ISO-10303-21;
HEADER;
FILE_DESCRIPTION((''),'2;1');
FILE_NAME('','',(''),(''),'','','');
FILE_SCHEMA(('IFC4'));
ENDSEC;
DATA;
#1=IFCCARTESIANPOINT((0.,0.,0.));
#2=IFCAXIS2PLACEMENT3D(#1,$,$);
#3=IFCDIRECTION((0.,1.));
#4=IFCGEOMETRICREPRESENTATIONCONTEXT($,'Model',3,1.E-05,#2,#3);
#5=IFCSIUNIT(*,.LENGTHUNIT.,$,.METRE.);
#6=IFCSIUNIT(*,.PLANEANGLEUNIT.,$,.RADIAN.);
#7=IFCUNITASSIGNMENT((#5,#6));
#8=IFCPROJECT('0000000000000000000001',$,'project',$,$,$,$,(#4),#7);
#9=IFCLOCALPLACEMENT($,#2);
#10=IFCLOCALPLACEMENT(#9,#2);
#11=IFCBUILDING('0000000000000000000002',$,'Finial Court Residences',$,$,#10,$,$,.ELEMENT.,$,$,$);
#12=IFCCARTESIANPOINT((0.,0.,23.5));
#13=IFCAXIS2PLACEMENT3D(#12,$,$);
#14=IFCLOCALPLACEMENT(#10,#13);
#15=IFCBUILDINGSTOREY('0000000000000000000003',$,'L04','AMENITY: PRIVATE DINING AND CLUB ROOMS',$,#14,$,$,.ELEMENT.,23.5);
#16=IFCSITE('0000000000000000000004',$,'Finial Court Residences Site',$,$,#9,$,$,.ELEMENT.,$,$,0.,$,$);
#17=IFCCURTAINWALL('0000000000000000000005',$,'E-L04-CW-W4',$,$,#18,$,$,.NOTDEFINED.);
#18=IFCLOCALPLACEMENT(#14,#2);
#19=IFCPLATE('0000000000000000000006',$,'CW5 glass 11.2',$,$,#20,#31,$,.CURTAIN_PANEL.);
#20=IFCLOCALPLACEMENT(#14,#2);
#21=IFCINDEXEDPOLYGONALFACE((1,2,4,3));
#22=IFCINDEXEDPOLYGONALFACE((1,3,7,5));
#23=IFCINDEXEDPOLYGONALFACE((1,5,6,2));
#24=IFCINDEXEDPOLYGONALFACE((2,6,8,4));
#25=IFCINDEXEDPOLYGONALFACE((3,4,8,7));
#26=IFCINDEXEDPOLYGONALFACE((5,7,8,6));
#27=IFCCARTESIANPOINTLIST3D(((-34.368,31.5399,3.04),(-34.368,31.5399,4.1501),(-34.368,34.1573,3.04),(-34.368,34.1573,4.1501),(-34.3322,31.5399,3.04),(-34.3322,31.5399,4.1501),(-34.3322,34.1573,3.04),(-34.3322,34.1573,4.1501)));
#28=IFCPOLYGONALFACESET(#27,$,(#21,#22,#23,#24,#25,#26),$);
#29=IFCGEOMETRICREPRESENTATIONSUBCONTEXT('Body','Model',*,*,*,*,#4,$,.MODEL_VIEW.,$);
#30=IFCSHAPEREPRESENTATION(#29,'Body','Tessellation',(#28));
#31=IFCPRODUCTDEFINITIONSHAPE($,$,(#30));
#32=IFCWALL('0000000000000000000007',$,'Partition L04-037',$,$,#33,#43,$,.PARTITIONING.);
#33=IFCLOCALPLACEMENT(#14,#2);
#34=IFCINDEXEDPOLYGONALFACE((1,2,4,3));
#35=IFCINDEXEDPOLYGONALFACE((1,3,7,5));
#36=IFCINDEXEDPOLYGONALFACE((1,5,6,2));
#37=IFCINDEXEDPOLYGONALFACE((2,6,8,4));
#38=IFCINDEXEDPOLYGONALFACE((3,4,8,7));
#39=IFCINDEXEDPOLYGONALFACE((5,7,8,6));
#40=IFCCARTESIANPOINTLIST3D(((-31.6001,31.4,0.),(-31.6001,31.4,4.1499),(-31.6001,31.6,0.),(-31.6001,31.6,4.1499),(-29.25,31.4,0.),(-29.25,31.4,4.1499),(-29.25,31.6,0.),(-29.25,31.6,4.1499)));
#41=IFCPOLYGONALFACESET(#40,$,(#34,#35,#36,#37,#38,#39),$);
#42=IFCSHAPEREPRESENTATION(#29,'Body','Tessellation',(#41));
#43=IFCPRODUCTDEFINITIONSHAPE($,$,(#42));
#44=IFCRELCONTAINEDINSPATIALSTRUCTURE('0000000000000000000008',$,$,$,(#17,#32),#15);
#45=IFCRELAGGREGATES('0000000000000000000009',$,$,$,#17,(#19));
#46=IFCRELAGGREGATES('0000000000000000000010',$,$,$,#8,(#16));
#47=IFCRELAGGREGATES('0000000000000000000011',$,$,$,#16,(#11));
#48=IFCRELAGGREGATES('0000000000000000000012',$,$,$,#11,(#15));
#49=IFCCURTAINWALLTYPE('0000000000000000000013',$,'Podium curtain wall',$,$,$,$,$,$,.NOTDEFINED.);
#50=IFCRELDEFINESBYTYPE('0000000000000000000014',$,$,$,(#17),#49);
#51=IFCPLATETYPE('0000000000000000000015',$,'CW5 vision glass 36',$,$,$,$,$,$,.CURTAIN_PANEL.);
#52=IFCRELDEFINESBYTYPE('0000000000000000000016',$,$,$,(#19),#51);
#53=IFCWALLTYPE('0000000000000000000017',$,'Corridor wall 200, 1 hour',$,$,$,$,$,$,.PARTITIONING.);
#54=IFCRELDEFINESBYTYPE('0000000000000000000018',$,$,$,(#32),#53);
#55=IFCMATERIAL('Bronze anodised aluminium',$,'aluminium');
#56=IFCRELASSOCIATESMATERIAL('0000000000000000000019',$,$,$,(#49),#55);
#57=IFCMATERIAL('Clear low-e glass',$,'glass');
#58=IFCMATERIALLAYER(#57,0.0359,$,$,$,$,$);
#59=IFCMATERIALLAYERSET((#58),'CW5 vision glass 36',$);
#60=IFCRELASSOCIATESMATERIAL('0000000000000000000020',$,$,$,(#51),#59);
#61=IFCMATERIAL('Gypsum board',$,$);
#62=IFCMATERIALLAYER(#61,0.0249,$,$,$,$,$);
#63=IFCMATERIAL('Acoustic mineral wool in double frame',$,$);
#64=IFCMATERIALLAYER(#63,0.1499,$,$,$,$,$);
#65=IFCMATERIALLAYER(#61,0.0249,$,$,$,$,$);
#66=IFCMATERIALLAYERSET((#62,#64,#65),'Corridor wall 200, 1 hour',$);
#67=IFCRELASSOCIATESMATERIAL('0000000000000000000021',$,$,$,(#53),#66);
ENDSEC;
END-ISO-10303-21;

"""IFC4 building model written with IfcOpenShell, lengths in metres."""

from ifc_helpers import new_model, si_unit, direction, frame, frame_2d, origin, origin_2d, place, context, subcontext, project, spatial, rectangle, extrude, material, layer, layer_set, type_object, element, aggregate, save


model = new_model("IFC4")

# Units and contexts
model_context = context("Model", 3, precision=1e-05, world=origin(), true_north=direction((0.0, 1.0)))
body_context = subcontext(model_context, "Body", "Model", "MODEL_VIEW")
ifc_project = project(units=[si_unit("LENGTHUNIT", "METRE"), si_unit("PLANEANGLEUNIT", "RADIAN")], contexts=[model_context])

# Site, building, storey
site_placement = place(None, origin())
site = spatial("IfcSite", under=ifc_project, at=site_placement, Name="Finial Court Residences Site", CompositionType="ELEMENT", RefElevation=0.0)
building_placement = place(site_placement, origin())
building = spatial("IfcBuilding", under=site, at=building_placement, Name="Finial Court Residences", CompositionType="ELEMENT")
storey_placement = place(building_placement, frame((0.0, 0.0, 23.5)))
storey = spatial("IfcBuildingStorey", under=building, at=storey_placement, Name="L04", Description="AMENITY: PRIVATE DINING AND CLUB ROOMS", CompositionType="ELEMENT", Elevation=23.5)

# Curtain wall
ifc_material_1 = material(Name="Bronze anodised aluminium", Category="aluminium")
curtain_wall_type = type_object("IfcCurtainWallType", Name="Podium curtain wall", PredefinedType="NOTDEFINED", material=ifc_material_1)
curtain_wall_1_placement = place(storey_placement, origin())
curtain_wall_1 = element("IfcCurtainWall", 1, at=curtain_wall_1_placement, inside=storey, type_object=curtain_wall_type, Name="E-L04-CW-W4", PredefinedType="NOTDEFINED")

# Plate
ifc_material_2 = material(Name="Clear low-e glass", Category="glass")
ifc_layer_1 = layer(ifc_material_2, 0.0359)
ifc_layer_set_1 = layer_set([ifc_layer_1], Name="CW5 vision glass 36")
plate_type = type_object("IfcPlateType", Name="CW5 vision glass 36", PredefinedType="CURTAIN_PANEL", material=ifc_layer_set_1)
plate_1_placement = place(storey_placement, frame((-34.3501, 32.8486, 3.04), z_axis=(0.0, 0.0, 1.0), x_axis=(0.0, 1.0, 0.0)))
plate_1 = element("IfcPlate", 2, at=plate_1_placement, type_object=plate_type, Name="CW5 glass 11.2", PredefinedType="CURTAIN_PANEL", context=body_context, shape_type="SweptSolid", body=[
    extrude(rectangle(XDim=2.6174, YDim=0.0359, at=origin_2d()), origin(), (0.0, 0.0, 1.0), 1.1101),
])
aggregate(curtain_wall_1, [plate_1])

# Wall
ifc_material_3 = material(Name="Gypsum board")
ifc_layer_2 = layer(ifc_material_3, 0.0249)
ifc_material_4 = material(Name="Acoustic mineral wool in double frame")
ifc_layer_3 = layer(ifc_material_4, 0.1499)
ifc_layer_4 = layer(ifc_material_3, 0.0249)
ifc_layer_set_2 = layer_set([ifc_layer_2, ifc_layer_3, ifc_layer_4], Name="Corridor wall 200, 1 hour")
wall_type = type_object("IfcWallType", Name="Corridor wall 200, 1 hour", PredefinedType="PARTITIONING", material=ifc_layer_set_2)
wall_placement = place(storey_placement, frame((-31.6001, 31.5, 0.0), z_axis=(0.0, 0.0, 1.0), x_axis=(1.0, 0.0, 0.0)))
element("IfcWall", 3, at=wall_placement, inside=storey, type_object=wall_type, Name="Partition L04-037", PredefinedType="PARTITIONING", context=body_context, shape_type="SweptSolid", body=[
    extrude(rectangle(XDim=2.3501, YDim=0.2, at=frame_2d((1.175, 0.0))), origin(), (0.0, 0.0, 1.0), 4.1499),
])

save(model, "model.ifc")
